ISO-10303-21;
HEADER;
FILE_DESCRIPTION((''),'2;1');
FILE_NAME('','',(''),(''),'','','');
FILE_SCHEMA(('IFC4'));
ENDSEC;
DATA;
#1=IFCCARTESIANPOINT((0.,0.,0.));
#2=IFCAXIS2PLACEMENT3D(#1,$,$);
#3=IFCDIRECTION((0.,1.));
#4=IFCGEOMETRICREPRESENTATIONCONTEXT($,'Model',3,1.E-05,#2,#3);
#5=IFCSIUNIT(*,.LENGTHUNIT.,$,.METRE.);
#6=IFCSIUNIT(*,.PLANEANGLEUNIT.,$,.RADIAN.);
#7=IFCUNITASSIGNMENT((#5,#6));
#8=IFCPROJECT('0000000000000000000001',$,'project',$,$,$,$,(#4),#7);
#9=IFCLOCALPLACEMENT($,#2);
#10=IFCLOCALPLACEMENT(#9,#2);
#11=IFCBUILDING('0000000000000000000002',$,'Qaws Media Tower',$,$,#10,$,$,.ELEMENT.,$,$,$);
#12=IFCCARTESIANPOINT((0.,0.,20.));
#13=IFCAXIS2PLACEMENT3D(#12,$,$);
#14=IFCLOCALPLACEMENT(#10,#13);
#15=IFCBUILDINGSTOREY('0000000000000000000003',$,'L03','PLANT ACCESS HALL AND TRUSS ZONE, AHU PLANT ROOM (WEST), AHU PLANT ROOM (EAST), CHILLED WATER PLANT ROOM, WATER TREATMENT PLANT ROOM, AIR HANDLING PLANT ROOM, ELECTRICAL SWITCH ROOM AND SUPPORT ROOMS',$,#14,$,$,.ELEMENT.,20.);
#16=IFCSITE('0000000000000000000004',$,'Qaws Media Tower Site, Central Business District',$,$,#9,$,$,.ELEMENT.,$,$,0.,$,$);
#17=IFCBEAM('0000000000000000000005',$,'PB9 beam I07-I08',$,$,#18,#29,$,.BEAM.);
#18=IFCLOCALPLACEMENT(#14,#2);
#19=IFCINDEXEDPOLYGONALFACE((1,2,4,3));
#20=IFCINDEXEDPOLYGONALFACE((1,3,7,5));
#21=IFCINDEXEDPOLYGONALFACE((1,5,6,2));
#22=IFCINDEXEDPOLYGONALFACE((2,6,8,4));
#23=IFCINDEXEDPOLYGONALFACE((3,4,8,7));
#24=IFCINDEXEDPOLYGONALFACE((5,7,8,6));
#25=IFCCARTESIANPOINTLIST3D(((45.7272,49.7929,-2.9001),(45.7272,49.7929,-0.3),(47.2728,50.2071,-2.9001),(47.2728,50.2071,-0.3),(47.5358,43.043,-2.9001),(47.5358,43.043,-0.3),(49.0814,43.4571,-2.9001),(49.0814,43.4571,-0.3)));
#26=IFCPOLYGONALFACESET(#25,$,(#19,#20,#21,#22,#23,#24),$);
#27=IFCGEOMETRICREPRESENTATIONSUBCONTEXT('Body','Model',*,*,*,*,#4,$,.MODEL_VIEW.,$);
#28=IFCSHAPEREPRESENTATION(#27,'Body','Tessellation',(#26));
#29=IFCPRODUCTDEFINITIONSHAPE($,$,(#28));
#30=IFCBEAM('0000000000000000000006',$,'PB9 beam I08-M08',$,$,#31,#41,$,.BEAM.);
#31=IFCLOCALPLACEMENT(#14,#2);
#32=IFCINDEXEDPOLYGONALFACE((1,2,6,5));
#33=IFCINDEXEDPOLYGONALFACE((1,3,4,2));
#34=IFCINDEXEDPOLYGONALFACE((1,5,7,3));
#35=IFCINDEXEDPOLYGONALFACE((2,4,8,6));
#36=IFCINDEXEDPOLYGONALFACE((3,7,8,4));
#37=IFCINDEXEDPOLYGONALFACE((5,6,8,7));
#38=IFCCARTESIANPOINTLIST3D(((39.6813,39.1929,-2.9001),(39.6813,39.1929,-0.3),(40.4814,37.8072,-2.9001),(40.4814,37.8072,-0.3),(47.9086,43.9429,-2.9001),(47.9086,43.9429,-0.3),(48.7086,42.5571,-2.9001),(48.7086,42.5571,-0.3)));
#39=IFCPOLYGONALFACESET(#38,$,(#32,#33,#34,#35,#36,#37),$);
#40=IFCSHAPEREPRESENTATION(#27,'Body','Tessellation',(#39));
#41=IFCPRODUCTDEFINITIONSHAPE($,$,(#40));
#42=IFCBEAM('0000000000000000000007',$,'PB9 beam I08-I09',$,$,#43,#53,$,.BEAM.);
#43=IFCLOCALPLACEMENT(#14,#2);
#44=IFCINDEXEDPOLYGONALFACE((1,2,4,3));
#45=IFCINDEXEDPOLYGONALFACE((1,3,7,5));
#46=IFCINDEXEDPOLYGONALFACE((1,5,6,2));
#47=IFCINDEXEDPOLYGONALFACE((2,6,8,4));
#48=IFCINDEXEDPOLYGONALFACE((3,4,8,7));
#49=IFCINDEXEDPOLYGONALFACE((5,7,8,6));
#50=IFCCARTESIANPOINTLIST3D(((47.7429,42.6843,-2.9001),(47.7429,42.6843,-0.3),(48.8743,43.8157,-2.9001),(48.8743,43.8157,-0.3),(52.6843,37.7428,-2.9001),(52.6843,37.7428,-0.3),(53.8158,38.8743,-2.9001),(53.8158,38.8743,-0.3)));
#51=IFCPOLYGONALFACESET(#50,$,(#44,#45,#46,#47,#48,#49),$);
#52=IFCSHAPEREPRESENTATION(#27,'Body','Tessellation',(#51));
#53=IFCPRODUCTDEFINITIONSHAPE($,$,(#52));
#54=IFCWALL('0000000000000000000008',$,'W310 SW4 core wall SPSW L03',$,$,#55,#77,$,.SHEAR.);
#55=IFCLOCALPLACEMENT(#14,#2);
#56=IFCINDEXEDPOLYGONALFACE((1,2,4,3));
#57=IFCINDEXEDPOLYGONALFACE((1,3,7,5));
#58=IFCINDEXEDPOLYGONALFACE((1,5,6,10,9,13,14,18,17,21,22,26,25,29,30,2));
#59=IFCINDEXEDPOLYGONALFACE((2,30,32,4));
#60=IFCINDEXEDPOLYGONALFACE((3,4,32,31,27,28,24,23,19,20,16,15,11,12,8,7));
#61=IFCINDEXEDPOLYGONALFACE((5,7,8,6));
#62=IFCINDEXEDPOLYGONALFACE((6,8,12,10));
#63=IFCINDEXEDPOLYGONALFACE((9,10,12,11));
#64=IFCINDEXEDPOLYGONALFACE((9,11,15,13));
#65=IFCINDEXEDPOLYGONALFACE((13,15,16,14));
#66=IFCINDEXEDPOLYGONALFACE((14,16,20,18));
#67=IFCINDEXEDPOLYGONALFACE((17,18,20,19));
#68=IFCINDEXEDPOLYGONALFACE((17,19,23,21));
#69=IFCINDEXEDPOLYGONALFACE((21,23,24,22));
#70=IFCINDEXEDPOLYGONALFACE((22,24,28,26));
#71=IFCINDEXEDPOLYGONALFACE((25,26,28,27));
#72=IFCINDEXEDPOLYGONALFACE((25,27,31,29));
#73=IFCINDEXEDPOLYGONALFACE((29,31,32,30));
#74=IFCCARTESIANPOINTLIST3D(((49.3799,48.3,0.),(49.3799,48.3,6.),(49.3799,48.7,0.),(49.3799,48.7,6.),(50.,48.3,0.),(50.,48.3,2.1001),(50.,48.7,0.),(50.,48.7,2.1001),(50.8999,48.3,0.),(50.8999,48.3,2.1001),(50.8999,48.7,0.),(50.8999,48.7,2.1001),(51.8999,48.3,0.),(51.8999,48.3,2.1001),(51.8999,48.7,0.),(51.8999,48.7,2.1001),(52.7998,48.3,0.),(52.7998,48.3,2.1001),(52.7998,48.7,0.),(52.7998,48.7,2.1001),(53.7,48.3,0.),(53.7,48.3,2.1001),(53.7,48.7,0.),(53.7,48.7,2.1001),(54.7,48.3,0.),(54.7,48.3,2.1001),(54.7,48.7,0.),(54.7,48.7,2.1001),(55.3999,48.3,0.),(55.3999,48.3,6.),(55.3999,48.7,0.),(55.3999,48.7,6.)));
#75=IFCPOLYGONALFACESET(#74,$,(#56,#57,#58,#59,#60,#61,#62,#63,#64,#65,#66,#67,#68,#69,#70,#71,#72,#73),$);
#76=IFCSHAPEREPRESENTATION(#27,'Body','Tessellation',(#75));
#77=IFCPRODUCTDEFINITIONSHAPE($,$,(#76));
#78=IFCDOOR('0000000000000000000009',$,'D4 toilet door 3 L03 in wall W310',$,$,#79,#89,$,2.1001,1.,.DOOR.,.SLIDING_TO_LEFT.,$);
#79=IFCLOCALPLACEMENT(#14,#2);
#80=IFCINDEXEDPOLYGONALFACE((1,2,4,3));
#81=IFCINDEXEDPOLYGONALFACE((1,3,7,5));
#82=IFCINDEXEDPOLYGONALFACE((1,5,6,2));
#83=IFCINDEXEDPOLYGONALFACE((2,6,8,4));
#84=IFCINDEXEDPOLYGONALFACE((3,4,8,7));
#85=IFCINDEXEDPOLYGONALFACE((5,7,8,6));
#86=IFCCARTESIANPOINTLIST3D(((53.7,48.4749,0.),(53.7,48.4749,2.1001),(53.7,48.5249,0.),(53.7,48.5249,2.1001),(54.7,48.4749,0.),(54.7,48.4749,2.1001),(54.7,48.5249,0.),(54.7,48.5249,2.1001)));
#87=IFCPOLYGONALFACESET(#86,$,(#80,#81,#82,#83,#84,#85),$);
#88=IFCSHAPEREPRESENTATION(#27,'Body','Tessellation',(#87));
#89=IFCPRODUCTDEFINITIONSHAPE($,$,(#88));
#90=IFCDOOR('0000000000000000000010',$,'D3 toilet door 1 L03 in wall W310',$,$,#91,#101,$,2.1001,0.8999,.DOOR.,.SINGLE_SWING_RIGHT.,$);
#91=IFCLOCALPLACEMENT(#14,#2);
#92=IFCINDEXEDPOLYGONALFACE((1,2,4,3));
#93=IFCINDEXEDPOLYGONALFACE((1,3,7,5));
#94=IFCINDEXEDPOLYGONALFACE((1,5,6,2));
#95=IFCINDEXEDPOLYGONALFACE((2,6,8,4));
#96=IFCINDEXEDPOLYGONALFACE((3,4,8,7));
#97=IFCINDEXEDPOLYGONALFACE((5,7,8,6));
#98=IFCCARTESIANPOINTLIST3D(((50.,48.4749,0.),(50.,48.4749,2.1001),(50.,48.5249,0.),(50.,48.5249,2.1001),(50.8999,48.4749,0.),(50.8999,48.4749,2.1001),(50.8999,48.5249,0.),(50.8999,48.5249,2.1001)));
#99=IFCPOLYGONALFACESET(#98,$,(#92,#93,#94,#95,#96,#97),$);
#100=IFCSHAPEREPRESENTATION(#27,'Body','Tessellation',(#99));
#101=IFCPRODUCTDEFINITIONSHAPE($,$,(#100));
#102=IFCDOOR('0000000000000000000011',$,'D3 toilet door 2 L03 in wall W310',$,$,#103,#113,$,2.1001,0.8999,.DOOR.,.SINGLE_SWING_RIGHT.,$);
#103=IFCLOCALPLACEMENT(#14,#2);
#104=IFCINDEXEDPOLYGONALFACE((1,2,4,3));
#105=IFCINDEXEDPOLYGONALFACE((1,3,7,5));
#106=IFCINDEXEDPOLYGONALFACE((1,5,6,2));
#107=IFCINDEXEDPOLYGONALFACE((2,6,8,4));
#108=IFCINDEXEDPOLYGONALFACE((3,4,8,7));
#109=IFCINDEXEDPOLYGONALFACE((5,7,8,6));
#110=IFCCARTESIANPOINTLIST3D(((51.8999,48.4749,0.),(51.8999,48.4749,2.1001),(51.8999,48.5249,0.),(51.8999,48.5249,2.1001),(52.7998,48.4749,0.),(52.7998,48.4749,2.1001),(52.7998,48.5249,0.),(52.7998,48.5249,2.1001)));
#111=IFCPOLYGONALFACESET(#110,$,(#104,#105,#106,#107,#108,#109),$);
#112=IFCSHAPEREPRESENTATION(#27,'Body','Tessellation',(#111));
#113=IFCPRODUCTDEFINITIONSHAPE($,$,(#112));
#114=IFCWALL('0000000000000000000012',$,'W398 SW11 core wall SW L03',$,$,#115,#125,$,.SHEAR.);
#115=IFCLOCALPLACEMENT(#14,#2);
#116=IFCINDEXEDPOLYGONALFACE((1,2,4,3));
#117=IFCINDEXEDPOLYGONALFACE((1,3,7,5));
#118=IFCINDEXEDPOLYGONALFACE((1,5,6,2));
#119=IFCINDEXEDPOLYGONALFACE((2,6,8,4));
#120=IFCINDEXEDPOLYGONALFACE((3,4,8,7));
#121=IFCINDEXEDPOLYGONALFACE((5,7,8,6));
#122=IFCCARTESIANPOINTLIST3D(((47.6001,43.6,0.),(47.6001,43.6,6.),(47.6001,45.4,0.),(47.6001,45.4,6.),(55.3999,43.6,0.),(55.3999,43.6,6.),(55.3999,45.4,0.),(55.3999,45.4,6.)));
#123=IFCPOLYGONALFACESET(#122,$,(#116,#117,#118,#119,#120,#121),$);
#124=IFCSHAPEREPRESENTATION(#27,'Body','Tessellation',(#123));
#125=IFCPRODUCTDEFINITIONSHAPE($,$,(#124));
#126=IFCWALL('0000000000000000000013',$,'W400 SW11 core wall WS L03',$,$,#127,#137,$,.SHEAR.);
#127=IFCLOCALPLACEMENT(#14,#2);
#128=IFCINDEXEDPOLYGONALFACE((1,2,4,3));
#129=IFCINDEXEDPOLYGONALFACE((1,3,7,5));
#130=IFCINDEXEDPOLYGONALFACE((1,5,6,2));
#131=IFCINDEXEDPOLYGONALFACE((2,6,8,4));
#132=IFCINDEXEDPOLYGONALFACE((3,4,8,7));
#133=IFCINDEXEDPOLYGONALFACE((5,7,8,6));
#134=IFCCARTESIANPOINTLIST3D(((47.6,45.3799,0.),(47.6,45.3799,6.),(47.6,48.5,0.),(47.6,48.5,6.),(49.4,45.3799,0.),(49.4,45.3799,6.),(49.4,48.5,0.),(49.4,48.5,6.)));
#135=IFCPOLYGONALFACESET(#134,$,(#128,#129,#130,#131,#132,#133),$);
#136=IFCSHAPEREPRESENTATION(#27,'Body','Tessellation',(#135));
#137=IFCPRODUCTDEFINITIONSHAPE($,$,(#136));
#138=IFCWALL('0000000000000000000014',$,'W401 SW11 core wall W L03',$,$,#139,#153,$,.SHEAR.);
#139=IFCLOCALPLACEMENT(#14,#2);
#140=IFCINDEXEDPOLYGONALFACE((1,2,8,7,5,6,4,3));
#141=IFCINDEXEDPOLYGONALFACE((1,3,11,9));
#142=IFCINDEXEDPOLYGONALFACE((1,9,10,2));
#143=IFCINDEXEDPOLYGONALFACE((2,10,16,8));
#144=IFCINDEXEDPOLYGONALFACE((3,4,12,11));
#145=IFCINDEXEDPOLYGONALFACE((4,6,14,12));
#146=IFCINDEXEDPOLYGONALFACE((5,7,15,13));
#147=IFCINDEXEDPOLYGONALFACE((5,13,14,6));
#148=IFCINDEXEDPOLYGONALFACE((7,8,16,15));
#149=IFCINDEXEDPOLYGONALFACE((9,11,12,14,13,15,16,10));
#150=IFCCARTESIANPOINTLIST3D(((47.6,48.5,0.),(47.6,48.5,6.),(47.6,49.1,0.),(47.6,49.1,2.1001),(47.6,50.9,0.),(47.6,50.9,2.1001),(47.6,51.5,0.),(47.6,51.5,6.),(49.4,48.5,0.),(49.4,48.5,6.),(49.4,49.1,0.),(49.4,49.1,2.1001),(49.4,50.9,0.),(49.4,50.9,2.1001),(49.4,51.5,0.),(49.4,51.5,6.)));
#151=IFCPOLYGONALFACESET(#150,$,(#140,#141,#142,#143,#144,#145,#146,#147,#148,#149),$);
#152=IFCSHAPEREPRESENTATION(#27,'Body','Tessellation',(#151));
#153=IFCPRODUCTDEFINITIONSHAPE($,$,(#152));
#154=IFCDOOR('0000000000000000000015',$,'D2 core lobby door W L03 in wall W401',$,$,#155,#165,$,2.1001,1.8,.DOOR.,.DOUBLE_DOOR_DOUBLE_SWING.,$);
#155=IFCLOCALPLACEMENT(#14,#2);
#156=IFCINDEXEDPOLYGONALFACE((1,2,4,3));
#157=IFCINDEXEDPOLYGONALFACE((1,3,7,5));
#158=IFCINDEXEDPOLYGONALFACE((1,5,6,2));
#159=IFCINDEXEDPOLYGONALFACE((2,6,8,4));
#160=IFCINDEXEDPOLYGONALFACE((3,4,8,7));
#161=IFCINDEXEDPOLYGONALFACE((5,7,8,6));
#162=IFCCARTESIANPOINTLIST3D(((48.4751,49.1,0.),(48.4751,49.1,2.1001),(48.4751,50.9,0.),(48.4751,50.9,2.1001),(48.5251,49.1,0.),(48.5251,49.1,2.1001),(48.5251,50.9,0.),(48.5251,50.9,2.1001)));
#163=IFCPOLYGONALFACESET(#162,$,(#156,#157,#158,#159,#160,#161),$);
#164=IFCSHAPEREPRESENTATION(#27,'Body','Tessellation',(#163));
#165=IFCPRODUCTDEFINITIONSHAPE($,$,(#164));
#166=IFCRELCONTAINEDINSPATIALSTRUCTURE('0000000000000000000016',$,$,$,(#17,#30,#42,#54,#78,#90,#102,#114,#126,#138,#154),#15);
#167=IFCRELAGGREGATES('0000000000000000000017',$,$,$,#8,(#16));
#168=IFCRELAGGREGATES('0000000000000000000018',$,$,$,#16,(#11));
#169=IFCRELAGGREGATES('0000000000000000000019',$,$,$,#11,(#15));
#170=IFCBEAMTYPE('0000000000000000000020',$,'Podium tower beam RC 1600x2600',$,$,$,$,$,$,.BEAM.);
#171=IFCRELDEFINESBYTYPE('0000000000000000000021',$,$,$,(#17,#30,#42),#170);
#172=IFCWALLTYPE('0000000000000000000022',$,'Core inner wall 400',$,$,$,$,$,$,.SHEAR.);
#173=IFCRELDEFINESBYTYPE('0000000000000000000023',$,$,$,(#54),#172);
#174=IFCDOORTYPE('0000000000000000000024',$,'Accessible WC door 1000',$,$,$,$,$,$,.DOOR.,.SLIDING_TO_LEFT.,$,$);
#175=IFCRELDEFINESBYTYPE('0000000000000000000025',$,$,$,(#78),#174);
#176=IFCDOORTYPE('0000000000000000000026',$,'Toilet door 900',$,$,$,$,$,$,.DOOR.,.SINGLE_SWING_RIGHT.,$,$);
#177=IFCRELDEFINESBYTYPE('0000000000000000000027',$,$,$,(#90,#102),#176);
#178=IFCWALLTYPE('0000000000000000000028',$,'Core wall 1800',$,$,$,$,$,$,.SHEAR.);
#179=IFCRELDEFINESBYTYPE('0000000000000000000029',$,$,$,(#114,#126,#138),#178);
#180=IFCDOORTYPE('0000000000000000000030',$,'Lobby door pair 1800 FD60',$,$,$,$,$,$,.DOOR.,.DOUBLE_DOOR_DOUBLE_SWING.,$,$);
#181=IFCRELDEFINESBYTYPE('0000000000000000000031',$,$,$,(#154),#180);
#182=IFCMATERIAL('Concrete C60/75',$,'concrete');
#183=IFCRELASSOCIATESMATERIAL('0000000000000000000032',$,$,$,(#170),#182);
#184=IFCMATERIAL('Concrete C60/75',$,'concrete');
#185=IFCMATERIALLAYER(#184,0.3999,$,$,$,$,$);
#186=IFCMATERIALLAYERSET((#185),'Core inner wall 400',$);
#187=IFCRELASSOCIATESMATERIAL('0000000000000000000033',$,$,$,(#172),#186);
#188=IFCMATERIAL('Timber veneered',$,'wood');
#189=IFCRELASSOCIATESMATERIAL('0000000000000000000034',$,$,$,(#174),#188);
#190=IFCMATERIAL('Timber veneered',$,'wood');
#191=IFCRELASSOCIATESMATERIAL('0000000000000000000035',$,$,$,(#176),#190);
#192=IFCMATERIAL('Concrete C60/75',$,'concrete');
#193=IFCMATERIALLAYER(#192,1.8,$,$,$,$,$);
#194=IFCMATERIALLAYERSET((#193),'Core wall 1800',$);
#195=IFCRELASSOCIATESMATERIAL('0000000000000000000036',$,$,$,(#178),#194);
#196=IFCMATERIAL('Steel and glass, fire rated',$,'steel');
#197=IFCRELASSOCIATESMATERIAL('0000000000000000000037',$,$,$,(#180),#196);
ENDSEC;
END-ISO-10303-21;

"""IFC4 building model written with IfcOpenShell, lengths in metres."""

from ifc_helpers import new_model, si_unit, direction, frame, frame_2d, origin, origin_2d, place, context, subcontext, project, spatial, rectangle, extrude, material, layer, layer_set, material_profile, profile_set, type_object, element, fill, save


model = new_model("IFC4")

# Units and contexts
model_context = context("Model", 3, precision=1e-05, world=origin(), true_north=direction((0.0, 1.0)))
body_context = subcontext(model_context, "Body", "Model", "MODEL_VIEW")
ifc_project = project(units=[si_unit("LENGTHUNIT", "METRE"), si_unit("PLANEANGLEUNIT", "RADIAN")], contexts=[model_context])

# Site, building, storey
site_placement = place(None, origin())
site = spatial("IfcSite", under=ifc_project, at=site_placement, Name="Qaws Media Tower Site, Central Business District", CompositionType="ELEMENT", RefElevation=0.0)
building_placement = place(site_placement, origin())
building = spatial("IfcBuilding", under=site, at=building_placement, Name="Qaws Media Tower", CompositionType="ELEMENT")
storey_placement = place(building_placement, frame((0.0, 0.0, 20.0)))
storey = spatial("IfcBuildingStorey", under=building, at=storey_placement, Name="L03", Description="PLANT ACCESS HALL AND TRUSS ZONE, AHU PLANT ROOM (WEST), AHU PLANT ROOM (EAST), CHILLED WATER PLANT ROOM, WATER TREATMENT PLANT ROOM, AIR HANDLING PLANT ROOM, ELECTRICAL SWITCH ROOM AND SUPPORT ROOMS", CompositionType="ELEMENT", Elevation=20.0)

# Beams
ifc_material_1 = material(Name="Concrete C60/75", Category="concrete")
ifc_material_profile_1 = material_profile(ifc_material_1, rectangle(XDim=1.6001, YDim=2.6001, at=origin_2d()), Name="RC 1600x2600")
ifc_profile_set_1 = profile_set([ifc_material_profile_1], Name="Concrete C60/75")
beam_type_1 = type_object("IfcBeamType", Name="Podium tower beam RC 1600x2600", PredefinedType="BEAM", material=ifc_profile_set_1)
beam_1_placement = place(storey_placement, frame((46.5, 50.0, -1.6001), z_axis=(0.258811, -0.965928, 0.0), x_axis=(0.965928, 0.258811, 0.0)))
element("IfcBeam", 1, at=beam_1_placement, inside=storey, type_object=beam_type_1, Name="PB9 beam I07-I08", PredefinedType="BEAM", context=body_context, shape_type="SweptSolid", body=[
    extrude(rectangle(XDim=1.6001, YDim=2.6001, at=origin_2d()), origin(), (0.0, 0.0, 1.0), 6.988),
])
beam_2_placement = place(storey_placement, frame((48.3086, 43.25, -1.6001), z_axis=(-0.866027, -0.499998, 0.0), x_axis=(0.499998, -0.866027, 0.0)))
element("IfcBeam", 2, at=beam_2_placement, inside=storey, type_object=beam_type_1, Name="PB9 beam I08-M08", PredefinedType="BEAM", context=body_context, shape_type="SweptSolid", body=[
    extrude(rectangle(XDim=1.6001, YDim=2.6001, at=origin_2d()), origin(), (0.0, 0.0, 1.0), 9.5),
])
beam_3_placement = place(storey_placement, frame((48.3086, 43.25, -1.6001), z_axis=(0.707107, -0.707107, 0.0), x_axis=(0.707107, 0.707107, 0.0)))
element("IfcBeam", 3, at=beam_3_placement, inside=storey, type_object=beam_type_1, Name="PB9 beam I08-I09", PredefinedType="BEAM", context=body_context, shape_type="SweptSolid", body=[
    extrude(rectangle(XDim=1.6001, YDim=2.6001, at=origin_2d()), origin(), (0.0, 0.0, 1.0), 6.9883),
])

# Wall, openings, doors
ifc_material_2 = material(Name="Concrete C60/75", Category="concrete")
ifc_layer_1 = layer(ifc_material_2, 0.3999)
ifc_layer_set_1 = layer_set([ifc_layer_1], Name="Core inner wall 400")
wall_type_1 = type_object("IfcWallType", Name="Core inner wall 400", PredefinedType="SHEAR", material=ifc_layer_set_1)
wall_1_placement = place(storey_placement, frame((49.3799, 48.5, 0.0), z_axis=(0.0, 0.0, 1.0), x_axis=(1.0, 0.0, 0.0)))
wall_1 = element("IfcWall", 4, at=wall_1_placement, inside=storey, type_object=wall_type_1, Name="W310 SW4 core wall SPSW L03", PredefinedType="SHEAR", context=body_context, shape_type="SweptSolid", body=[
    extrude(rectangle(XDim=6.02, YDim=0.3999, at=frame_2d((3.01, 0.0))), origin(), (0.0, 0.0, 1.0), 6.0),
])
opening_1_placement = place(wall_1_placement, frame((0.6201, 0.0, 0.0)))
opening_1 = element("IfcOpeningElement", 5, at=opening_1_placement, cuts=wall_1, PredefinedType="OPENING", context=body_context, shape_type="SweptSolid", body=[
    extrude(rectangle(XDim=0.8999, YDim=2.1001, at=frame_2d((0.45, 1.05))), frame((0.0, 0.21, 0.0), z_axis=(0.0, -1.0, 0.0), x_axis=(1.0, 0.0, 0.0)), (0.0, 0.0, 1.0), 0.4199),
])
opening_2_placement = place(wall_1_placement, frame((2.52, 0.0, 0.0)))
opening_2 = element("IfcOpeningElement", 6, at=opening_2_placement, cuts=wall_1, PredefinedType="OPENING", context=body_context, shape_type="SweptSolid", body=[
    extrude(rectangle(XDim=0.8999, YDim=2.1001, at=frame_2d((0.45, 1.05))), frame((0.0, 0.21, 0.0), z_axis=(0.0, -1.0, 0.0), x_axis=(1.0, 0.0, 0.0)), (0.0, 0.0, 1.0), 0.4199),
])
opening_3_placement = place(wall_1_placement, frame((4.3201, 0.0, 0.0)))
opening_3 = element("IfcOpeningElement", 7, at=opening_3_placement, cuts=wall_1, PredefinedType="OPENING", context=body_context, shape_type="SweptSolid", body=[
    extrude(rectangle(XDim=1.0, YDim=2.1001, at=frame_2d((0.5, 1.05))), frame((0.0, 0.21, 0.0), z_axis=(0.0, -1.0, 0.0), x_axis=(1.0, 0.0, 0.0)), (0.0, 0.0, 1.0), 0.4199),
])
ifc_material_3 = material(Name="Timber veneered", Category="wood")
door_type_1 = type_object("IfcDoorType", Name="Accessible WC door 1000", OperationType="SLIDING_TO_LEFT", PredefinedType="DOOR", material=ifc_material_3)
door_1_placement = place(opening_3_placement, origin())
door_1 = element("IfcDoor", 8, at=door_1_placement, inside=storey, type_object=door_type_1, Name="D4 toilet door 3 L03 in wall W310", OperationType="SLIDING_TO_LEFT", OverallHeight=2.1001, OverallWidth=1.0, PredefinedType="DOOR", context=body_context, shape_type="SweptSolid", body=[
    extrude(rectangle(XDim=1.0, YDim=2.1001, at=frame_2d((0.5, 1.05))), frame((0.0, 0.0249, 0.0), z_axis=(0.0, -1.0, 0.0), x_axis=(1.0, 0.0, 0.0)), (0.0, 0.0, 1.0), 0.05),
])
fill(opening_3, door_1)
ifc_material_4 = material(Name="Timber veneered", Category="wood")
door_type_2 = type_object("IfcDoorType", Name="Toilet door 900", OperationType="SINGLE_SWING_RIGHT", PredefinedType="DOOR", material=ifc_material_4)
door_2_placement = place(opening_1_placement, origin())
door_2 = element("IfcDoor", 9, at=door_2_placement, inside=storey, type_object=door_type_2, Name="D3 toilet door 1 L03 in wall W310", OperationType="SINGLE_SWING_RIGHT", OverallHeight=2.1001, OverallWidth=0.8999, PredefinedType="DOOR", context=body_context, shape_type="SweptSolid", body=[
    extrude(rectangle(XDim=0.8999, YDim=2.1001, at=frame_2d((0.45, 1.05))), frame((0.0, 0.0249, 0.0), z_axis=(0.0, -1.0, 0.0), x_axis=(1.0, 0.0, 0.0)), (0.0, 0.0, 1.0), 0.05),
])
fill(opening_1, door_2)
door_3_placement = place(opening_2_placement, origin())
door_3 = element("IfcDoor", 10, at=door_3_placement, inside=storey, type_object=door_type_2, Name="D3 toilet door 2 L03 in wall W310", OperationType="SINGLE_SWING_RIGHT", OverallHeight=2.1001, OverallWidth=0.8999, PredefinedType="DOOR", context=body_context, shape_type="SweptSolid", body=[
    extrude(rectangle(XDim=0.8999, YDim=2.1001, at=frame_2d((0.45, 1.05))), frame((0.0, 0.0249, 0.0), z_axis=(0.0, -1.0, 0.0), x_axis=(1.0, 0.0, 0.0)), (0.0, 0.0, 1.0), 0.05),
])
fill(opening_2, door_3)

# Walls
ifc_material_5 = material(Name="Concrete C60/75", Category="concrete")
ifc_layer_2 = layer(ifc_material_5, 1.8)
ifc_layer_set_2 = layer_set([ifc_layer_2], Name="Core wall 1800")
wall_type_2 = type_object("IfcWallType", Name="Core wall 1800", PredefinedType="SHEAR", material=ifc_layer_set_2)
wall_2_placement = place(storey_placement, frame((47.6001, 44.5, 0.0), z_axis=(0.0, 0.0, 1.0), x_axis=(1.0, 0.0, 0.0)))
element("IfcWall", 11, at=wall_2_placement, inside=storey, type_object=wall_type_2, Name="W398 SW11 core wall SW L03", PredefinedType="SHEAR", context=body_context, shape_type="SweptSolid", body=[
    extrude(rectangle(XDim=7.7998, YDim=1.8, at=frame_2d((3.8999, 0.0))), origin(), (0.0, 0.0, 1.0), 6.0),
])
wall_3_placement = place(storey_placement, frame((48.5, 45.3799, 0.0), z_axis=(0.0, 0.0, 1.0), x_axis=(0.0, 1.0, 0.0)))
element("IfcWall", 12, at=wall_3_placement, inside=storey, type_object=wall_type_2, Name="W400 SW11 core wall WS L03", PredefinedType="SHEAR", context=body_context, shape_type="SweptSolid", body=[
    extrude(rectangle(XDim=3.1201, YDim=1.8, at=frame_2d((1.5601, 0.0))), origin(), (0.0, 0.0, 1.0), 6.0),
])

# Wall, opening, door
wall_4_placement = place(storey_placement, frame((48.5, 48.5, 0.0), z_axis=(0.0, 0.0, 1.0), x_axis=(0.0, 1.0, 0.0)))
wall_4 = element("IfcWall", 13, at=wall_4_placement, inside=storey, type_object=wall_type_2, Name="W401 SW11 core wall W L03", PredefinedType="SHEAR", context=body_context, shape_type="SweptSolid", body=[
    extrude(rectangle(XDim=3.0, YDim=1.8, at=frame_2d((1.5, 0.0))), origin(), (0.0, 0.0, 1.0), 6.0),
])
opening_4_placement = place(wall_4_placement, frame((0.6001, 0.0, 0.0)))
opening_4 = element("IfcOpeningElement", 14, at=opening_4_placement, cuts=wall_4, PredefinedType="OPENING", context=body_context, shape_type="SweptSolid", body=[
    extrude(rectangle(XDim=1.8, YDim=2.1001, at=frame_2d((0.8999, 1.05))), frame((0.0, 0.9099, 0.0), z_axis=(0.0, -1.0, 0.0), x_axis=(1.0, 0.0, 0.0)), (0.0, 0.0, 1.0), 1.8201),
])
ifc_material_6 = material(Name="Steel and glass, fire rated", Category="steel")
door_type_3 = type_object("IfcDoorType", Name="Lobby door pair 1800 FD60", OperationType="DOUBLE_DOOR_DOUBLE_SWING", PredefinedType="DOOR", material=ifc_material_6)
door_4_placement = place(opening_4_placement, origin())
door_4 = element("IfcDoor", 15, at=door_4_placement, inside=storey, type_object=door_type_3, Name="D2 core lobby door W L03 in wall W401", OperationType="DOUBLE_DOOR_DOUBLE_SWING", OverallHeight=2.1001, OverallWidth=1.8, PredefinedType="DOOR", context=body_context, shape_type="SweptSolid", body=[
    extrude(rectangle(XDim=1.8, YDim=2.1001, at=frame_2d((0.8999, 1.05))), frame((0.0, 0.0249, 0.0), z_axis=(0.0, -1.0, 0.0), x_axis=(1.0, 0.0, 0.0)), (0.0, 0.0, 1.0), 0.05),
])
fill(opening_4, door_4)

save(model, "model.ifc")
